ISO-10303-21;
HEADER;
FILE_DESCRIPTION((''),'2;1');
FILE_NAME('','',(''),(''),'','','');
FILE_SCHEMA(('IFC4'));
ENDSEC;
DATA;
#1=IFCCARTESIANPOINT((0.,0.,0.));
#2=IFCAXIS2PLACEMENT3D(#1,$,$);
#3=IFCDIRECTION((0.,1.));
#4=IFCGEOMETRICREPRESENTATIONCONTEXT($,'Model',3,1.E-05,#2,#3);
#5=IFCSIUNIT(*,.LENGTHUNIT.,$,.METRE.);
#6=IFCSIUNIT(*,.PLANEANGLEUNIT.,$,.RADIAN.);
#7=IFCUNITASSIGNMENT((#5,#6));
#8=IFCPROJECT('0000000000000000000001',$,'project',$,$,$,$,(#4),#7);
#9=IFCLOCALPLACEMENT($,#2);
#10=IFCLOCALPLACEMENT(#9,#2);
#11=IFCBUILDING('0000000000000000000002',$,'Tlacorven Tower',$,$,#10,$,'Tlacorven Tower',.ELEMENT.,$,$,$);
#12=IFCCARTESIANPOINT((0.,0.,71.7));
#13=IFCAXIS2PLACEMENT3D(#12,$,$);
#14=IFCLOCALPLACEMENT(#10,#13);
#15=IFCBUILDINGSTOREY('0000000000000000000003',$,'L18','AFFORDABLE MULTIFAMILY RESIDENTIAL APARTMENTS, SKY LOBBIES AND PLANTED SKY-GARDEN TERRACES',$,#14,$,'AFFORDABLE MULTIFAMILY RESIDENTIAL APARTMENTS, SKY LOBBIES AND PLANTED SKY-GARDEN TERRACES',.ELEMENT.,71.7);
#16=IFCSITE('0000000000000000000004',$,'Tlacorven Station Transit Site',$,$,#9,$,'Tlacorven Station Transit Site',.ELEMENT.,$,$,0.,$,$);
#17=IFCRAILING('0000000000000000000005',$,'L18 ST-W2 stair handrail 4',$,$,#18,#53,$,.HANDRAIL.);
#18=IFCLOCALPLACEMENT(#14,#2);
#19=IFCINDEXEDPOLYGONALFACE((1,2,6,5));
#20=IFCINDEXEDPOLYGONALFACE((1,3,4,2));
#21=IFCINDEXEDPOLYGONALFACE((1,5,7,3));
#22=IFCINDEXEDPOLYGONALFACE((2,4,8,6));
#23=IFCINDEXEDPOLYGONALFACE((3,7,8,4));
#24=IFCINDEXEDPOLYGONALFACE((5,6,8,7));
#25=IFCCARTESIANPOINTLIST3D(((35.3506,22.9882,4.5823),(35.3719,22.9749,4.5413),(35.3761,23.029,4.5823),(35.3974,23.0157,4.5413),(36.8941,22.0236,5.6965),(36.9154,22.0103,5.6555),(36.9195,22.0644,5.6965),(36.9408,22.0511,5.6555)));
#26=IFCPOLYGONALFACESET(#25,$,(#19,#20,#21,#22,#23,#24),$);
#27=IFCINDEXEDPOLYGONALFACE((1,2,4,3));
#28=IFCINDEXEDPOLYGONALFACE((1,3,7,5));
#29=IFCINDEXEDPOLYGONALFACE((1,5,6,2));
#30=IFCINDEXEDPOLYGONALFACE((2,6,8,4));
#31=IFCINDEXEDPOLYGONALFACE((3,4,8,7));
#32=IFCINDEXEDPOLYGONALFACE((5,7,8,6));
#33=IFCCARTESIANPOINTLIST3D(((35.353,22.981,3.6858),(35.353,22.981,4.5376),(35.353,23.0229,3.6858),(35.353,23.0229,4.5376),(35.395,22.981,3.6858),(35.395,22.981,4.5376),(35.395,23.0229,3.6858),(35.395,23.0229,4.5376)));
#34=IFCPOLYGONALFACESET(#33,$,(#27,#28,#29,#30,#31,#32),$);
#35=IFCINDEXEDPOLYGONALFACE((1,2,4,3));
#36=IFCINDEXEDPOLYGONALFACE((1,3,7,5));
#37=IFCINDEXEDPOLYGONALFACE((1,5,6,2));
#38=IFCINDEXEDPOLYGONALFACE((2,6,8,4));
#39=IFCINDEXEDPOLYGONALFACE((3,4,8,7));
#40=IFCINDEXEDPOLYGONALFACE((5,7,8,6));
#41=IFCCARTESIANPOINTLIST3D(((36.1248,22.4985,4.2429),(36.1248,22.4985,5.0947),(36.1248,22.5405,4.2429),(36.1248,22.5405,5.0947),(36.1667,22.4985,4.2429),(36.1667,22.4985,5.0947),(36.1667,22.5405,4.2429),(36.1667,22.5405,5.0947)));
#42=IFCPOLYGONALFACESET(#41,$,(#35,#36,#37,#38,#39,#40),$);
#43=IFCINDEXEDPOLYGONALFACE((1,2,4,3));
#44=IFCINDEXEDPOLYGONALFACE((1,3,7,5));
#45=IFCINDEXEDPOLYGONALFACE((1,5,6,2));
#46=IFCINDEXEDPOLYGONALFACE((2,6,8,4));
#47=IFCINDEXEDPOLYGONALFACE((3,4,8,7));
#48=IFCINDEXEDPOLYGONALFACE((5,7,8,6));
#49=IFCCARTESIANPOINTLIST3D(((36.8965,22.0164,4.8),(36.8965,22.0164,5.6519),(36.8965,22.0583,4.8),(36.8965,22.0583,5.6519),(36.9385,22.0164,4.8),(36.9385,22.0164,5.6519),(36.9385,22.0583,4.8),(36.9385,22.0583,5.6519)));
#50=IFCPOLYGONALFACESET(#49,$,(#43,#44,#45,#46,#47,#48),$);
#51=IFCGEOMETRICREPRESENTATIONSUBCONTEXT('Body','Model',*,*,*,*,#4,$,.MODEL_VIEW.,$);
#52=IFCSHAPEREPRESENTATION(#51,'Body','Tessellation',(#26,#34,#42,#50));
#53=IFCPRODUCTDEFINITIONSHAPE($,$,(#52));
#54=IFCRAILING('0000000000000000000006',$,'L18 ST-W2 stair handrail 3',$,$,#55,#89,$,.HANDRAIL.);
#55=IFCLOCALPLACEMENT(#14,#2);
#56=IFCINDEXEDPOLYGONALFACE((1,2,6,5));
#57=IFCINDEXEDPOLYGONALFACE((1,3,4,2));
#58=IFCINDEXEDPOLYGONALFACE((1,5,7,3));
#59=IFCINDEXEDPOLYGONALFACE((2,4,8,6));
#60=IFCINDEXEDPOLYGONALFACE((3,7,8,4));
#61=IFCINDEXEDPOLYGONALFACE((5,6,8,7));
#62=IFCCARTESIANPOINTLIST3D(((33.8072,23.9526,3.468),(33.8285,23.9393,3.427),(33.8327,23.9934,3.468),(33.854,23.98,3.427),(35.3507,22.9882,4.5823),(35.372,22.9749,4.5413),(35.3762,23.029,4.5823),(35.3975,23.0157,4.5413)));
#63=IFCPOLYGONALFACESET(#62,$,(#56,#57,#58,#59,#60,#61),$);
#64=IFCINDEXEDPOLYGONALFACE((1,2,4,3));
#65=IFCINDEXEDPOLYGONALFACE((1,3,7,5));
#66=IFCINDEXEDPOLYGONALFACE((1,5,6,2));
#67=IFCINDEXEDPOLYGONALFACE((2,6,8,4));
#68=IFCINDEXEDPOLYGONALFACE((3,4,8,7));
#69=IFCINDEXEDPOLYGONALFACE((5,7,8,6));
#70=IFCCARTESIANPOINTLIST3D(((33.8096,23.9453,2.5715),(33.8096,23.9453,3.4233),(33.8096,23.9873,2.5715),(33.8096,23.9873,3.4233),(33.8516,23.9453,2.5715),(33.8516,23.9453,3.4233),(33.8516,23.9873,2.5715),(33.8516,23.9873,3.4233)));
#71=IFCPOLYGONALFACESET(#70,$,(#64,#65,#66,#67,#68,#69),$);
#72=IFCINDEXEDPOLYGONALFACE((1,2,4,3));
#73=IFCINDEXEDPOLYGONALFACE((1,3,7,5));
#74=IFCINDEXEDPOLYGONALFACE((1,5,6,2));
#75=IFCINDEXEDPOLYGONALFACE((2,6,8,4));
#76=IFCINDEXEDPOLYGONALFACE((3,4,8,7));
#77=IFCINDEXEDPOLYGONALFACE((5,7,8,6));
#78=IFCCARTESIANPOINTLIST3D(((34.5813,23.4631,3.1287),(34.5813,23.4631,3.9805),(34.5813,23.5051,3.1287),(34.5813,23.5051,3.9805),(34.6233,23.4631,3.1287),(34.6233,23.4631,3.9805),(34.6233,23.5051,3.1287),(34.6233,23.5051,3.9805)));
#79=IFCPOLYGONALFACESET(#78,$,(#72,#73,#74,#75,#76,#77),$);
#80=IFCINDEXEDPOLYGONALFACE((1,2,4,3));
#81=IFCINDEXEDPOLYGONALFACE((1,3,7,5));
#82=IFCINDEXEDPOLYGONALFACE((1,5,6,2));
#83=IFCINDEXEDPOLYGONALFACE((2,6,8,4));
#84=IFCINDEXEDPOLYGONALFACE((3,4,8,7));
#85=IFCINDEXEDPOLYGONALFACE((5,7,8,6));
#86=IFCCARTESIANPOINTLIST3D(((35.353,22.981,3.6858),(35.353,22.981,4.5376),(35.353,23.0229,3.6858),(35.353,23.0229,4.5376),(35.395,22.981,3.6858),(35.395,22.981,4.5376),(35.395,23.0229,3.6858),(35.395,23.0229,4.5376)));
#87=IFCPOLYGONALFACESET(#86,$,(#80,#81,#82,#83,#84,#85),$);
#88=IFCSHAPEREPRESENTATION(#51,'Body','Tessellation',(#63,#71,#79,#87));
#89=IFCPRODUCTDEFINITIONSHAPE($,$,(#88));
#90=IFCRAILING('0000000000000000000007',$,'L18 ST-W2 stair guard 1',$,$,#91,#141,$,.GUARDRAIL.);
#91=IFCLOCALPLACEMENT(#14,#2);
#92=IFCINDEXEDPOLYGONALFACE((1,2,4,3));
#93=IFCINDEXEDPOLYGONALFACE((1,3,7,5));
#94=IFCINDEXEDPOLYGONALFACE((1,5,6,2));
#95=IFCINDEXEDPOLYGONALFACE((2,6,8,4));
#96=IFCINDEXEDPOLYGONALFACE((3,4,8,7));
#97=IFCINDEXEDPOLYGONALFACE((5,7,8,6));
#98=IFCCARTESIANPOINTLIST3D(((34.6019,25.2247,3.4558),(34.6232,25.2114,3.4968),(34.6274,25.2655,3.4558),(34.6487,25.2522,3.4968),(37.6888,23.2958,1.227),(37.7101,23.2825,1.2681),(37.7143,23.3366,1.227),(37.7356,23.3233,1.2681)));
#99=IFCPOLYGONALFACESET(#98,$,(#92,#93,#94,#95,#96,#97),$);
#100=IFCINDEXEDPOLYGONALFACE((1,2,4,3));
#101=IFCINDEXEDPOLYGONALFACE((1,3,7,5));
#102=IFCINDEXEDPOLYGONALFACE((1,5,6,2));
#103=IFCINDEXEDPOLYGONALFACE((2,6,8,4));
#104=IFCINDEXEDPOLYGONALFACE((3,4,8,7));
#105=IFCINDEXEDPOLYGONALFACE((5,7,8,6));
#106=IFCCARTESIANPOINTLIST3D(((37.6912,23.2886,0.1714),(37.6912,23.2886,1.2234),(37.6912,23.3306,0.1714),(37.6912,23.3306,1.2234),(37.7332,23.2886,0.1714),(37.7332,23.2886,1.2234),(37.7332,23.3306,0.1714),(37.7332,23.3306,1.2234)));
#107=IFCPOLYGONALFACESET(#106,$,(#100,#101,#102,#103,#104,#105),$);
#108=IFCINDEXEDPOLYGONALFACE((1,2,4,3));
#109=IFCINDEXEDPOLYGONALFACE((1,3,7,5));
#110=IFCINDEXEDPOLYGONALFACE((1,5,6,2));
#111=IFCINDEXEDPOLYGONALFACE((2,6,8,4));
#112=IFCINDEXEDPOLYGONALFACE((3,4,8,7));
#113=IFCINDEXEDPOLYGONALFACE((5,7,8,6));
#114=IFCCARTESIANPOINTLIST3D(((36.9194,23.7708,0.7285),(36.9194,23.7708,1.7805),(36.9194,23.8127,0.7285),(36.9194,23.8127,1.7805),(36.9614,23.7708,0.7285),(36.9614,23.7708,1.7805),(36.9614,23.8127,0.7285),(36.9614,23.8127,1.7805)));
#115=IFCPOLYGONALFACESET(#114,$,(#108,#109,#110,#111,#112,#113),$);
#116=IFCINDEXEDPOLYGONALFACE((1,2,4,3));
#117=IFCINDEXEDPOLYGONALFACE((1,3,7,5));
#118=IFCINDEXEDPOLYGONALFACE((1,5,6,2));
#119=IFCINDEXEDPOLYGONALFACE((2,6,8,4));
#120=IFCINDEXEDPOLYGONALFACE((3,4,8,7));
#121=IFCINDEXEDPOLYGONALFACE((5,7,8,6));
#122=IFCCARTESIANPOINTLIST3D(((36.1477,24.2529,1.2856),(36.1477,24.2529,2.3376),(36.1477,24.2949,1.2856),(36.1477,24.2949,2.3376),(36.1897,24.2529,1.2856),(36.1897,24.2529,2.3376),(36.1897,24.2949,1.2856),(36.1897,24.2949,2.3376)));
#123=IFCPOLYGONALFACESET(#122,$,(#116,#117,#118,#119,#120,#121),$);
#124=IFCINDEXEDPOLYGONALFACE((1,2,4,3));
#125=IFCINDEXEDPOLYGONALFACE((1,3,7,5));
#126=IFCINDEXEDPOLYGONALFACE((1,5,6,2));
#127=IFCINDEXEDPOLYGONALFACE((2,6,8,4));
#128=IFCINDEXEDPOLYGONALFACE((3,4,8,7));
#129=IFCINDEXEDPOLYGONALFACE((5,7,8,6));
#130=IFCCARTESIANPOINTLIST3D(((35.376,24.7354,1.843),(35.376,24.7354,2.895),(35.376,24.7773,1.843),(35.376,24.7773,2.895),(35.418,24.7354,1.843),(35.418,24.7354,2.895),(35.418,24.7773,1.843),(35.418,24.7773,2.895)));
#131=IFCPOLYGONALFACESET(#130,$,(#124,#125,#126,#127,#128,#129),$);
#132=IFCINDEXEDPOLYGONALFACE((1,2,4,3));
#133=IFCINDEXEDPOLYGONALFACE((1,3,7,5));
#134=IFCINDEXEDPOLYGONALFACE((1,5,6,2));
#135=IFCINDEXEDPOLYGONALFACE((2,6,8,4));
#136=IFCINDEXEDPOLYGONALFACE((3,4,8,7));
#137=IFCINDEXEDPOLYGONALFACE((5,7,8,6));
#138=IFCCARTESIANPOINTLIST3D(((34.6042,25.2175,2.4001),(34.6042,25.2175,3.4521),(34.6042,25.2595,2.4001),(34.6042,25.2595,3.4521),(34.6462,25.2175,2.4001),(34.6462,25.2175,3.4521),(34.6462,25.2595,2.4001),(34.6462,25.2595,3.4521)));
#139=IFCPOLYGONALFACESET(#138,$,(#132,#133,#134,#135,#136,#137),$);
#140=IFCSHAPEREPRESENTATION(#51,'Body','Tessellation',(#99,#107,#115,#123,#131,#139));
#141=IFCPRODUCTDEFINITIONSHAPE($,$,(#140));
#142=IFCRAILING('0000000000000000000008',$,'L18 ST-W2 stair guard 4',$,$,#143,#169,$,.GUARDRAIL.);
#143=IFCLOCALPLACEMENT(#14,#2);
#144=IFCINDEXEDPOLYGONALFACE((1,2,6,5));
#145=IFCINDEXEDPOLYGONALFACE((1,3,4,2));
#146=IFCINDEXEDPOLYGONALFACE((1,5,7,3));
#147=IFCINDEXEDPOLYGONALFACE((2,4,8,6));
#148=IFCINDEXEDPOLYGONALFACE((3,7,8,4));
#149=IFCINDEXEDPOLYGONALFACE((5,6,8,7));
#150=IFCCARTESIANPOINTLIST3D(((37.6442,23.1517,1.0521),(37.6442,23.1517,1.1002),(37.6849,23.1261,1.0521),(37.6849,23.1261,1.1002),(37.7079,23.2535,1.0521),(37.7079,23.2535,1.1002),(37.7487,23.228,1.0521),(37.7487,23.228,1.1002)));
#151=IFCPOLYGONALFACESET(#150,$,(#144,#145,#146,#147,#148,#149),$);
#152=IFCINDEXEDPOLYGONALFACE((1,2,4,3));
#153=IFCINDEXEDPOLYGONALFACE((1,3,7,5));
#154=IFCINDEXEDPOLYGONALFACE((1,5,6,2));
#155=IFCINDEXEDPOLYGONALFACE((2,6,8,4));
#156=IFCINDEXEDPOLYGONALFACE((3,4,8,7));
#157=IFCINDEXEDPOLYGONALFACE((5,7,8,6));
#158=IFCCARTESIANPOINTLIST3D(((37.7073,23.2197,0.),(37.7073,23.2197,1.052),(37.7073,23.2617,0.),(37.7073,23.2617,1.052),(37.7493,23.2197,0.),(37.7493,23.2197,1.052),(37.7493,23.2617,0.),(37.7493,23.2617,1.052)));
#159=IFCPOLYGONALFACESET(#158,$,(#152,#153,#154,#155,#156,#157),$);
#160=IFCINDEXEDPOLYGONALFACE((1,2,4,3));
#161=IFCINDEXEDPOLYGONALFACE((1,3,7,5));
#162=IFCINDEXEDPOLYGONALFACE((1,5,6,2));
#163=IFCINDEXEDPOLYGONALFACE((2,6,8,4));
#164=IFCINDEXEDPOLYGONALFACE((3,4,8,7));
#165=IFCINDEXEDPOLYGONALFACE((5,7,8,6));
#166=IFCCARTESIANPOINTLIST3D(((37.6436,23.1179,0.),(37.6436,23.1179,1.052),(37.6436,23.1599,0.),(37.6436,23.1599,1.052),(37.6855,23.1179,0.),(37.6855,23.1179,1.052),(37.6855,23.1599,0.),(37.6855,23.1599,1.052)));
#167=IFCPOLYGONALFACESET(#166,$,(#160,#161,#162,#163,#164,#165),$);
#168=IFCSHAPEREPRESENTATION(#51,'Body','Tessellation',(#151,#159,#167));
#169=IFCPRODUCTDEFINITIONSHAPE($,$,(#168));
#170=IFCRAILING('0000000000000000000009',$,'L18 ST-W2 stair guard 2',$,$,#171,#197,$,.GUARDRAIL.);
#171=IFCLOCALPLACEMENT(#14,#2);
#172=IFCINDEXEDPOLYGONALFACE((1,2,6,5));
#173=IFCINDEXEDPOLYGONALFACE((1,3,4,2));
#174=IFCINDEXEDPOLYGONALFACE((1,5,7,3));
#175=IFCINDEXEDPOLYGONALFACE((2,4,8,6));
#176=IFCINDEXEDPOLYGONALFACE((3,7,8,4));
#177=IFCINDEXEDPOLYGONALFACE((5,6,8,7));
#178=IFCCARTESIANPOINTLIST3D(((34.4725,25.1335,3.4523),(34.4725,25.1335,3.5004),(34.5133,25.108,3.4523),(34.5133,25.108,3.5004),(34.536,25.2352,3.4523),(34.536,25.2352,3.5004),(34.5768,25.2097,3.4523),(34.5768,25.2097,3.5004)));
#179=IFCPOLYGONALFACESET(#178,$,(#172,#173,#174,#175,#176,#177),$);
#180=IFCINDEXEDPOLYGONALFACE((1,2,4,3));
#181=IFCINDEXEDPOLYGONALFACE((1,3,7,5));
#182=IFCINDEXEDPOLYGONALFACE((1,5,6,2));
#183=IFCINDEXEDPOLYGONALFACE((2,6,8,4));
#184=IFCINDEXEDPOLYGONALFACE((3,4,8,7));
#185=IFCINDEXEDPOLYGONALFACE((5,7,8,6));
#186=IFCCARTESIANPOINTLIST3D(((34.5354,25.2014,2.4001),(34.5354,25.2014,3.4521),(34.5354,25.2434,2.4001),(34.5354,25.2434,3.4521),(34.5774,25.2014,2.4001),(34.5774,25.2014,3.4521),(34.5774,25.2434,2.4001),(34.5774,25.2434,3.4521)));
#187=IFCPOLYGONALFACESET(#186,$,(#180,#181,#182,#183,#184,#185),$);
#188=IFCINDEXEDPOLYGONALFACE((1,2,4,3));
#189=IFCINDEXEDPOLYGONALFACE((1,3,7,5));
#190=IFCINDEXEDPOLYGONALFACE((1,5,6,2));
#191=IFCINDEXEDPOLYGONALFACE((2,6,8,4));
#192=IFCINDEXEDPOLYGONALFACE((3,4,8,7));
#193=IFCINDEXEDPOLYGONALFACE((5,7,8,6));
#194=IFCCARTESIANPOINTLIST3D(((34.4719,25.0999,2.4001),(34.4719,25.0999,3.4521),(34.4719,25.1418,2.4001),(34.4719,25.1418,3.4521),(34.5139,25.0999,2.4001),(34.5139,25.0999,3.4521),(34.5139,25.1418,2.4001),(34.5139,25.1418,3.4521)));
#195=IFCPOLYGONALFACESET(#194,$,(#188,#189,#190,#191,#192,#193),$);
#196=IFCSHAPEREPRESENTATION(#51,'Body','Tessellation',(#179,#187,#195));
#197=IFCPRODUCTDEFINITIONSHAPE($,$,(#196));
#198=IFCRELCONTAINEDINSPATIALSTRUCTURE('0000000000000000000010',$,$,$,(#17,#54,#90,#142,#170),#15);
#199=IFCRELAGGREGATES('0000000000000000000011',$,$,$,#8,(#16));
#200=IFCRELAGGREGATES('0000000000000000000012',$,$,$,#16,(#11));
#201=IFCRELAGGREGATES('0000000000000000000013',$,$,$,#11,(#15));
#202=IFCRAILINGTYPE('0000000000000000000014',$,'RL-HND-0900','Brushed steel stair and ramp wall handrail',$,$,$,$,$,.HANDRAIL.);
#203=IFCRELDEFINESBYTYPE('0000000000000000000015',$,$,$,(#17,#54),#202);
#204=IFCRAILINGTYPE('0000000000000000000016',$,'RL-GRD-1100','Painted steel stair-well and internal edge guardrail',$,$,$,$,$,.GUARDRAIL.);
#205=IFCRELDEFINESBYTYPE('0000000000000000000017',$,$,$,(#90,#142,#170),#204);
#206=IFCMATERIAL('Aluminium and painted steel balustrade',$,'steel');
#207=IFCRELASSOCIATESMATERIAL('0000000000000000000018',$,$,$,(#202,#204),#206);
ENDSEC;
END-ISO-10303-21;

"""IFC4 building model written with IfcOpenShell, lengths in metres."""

from ifc_helpers import new_model, si_unit, direction, frame, origin, origin_2d, place, context, subcontext, project, spatial, rectangle, extrude, source, transform, mapped, material, type_object, element, save


model = new_model("IFC4")

# Units and contexts
model_context = context("Model", 3, precision=1e-05, world=origin(), true_north=direction((0.0, 1.0)))
body_context = subcontext(model_context, "Body", "Model", "MODEL_VIEW")
ifc_project = project(units=[si_unit("LENGTHUNIT", "METRE"), si_unit("PLANEANGLEUNIT", "RADIAN")], contexts=[model_context])

# Site, building, storey
site_placement = place(None, origin())
site = spatial("IfcSite", under=ifc_project, at=site_placement, Name="Tlacorven Station Transit Site", LongName="Tlacorven Station Transit Site", CompositionType="ELEMENT", RefElevation=0.0)
building_placement = place(site_placement, origin())
building = spatial("IfcBuilding", under=site, at=building_placement, Name="Tlacorven Tower", LongName="Tlacorven Tower", CompositionType="ELEMENT")
storey_placement = place(building_placement, frame((0.0, 0.0, 71.7)))
storey = spatial("IfcBuildingStorey", under=building, at=storey_placement, Name="L18", Description="AFFORDABLE MULTIFAMILY RESIDENTIAL APARTMENTS, SKY LOBBIES AND PLANTED SKY-GARDEN TERRACES", LongName="AFFORDABLE MULTIFAMILY RESIDENTIAL APARTMENTS, SKY LOBBIES AND PLANTED SKY-GARDEN TERRACES", CompositionType="ELEMENT", Elevation=71.7)

# Railings
ifc_material_1 = material(Name="Aluminium and painted steel balustrade", Category="steel")
railing_type_1 = type_object("IfcRailingType", Name="RL-HND-0900", Description="Brushed steel stair and ramp wall handrail", PredefinedType="HANDRAIL", material=ifc_material_1)
shared_shape_1 = source(origin(), body_context, "Body", "SweptSolid", [
    extrude(rectangle(XDim=0.0481, YDim=0.0481, at=origin_2d()), frame((0.0, 0.0, 0.876), z_axis=(0.723244, -0.451999, 0.522126), x_axis=(0.529975, 0.848013, 0.0)), (0.0, 0.0, 1.0), 2.134),
    extrude(rectangle(XDim=0.042, YDim=0.042, at=origin_2d()), origin(), (0.0, 0.0, 1.0), 0.8518),
    extrude(rectangle(XDim=0.042, YDim=0.042, at=origin_2d()), frame((0.7717, -0.4824, 0.5571)), (0.0, 0.0, 1.0), 0.8518),
    extrude(rectangle(XDim=0.042, YDim=0.042, at=origin_2d()), frame((1.5435, -0.9646, 1.1143)), (0.0, 0.0, 1.0), 0.8518),
])
railing_1_placement = place(storey_placement, frame((35.374, 23.002, 3.6858)))
element("IfcRailing", 1, at=railing_1_placement, inside=storey, type_object=railing_type_1, Name="L18 ST-W2 stair handrail 4", PredefinedType="HANDRAIL", context=body_context, shape_type="MappedRepresentation", body=[
    mapped(shared_shape_1, transform((0.0, 0.0, 0.0), scale=1.0)),
])
shared_shape_2 = source(origin(), body_context, "Body", "SweptSolid", [
    extrude(rectangle(XDim=0.0481, YDim=0.0481, at=origin_2d()), frame((0.0, 0.0, 0.876), z_axis=(0.723281, -0.451908, 0.522153), x_axis=(0.529878, 0.848074, 0.0)), (0.0, 0.0, 1.0), 2.134),
    extrude(rectangle(XDim=0.042, YDim=0.042, at=origin_2d()), origin(), (0.0, 0.0, 1.0), 0.8518),
    extrude(rectangle(XDim=0.042, YDim=0.042, at=origin_2d()), frame((0.7717, -0.4822, 0.5571)), (0.0, 0.0, 1.0), 0.8518),
    extrude(rectangle(XDim=0.042, YDim=0.042, at=origin_2d()), frame((1.5435, -0.9644, 1.1143)), (0.0, 0.0, 1.0), 0.8518),
])
railing_2_placement = place(storey_placement, frame((33.8306, 23.9663, 2.5715)))
element("IfcRailing", 2, at=railing_2_placement, inside=storey, type_object=railing_type_1, Name="L18 ST-W2 stair handrail 3", PredefinedType="HANDRAIL", context=body_context, shape_type="MappedRepresentation", body=[
    mapped(shared_shape_2, transform((0.0, 0.0, 0.0), scale=1.0)),
])
railing_type_2 = type_object("IfcRailingType", Name="RL-GRD-1100", Description="Painted steel stair-well and internal edge guardrail", PredefinedType="GUARDRAIL", material=ifc_material_1)
shared_shape_3 = source(origin(), body_context, "Body", "SweptSolid", [
    extrude(rectangle(XDim=0.0481, YDim=0.0481, at=origin_2d()), frame((0.0, 0.0, 1.0762), z_axis=(-0.723241, 0.45194, 0.522182), x_axis=(-0.529927, -0.848044, 0.0)), (0.0, 0.0, 1.0), 4.2681),
    extrude(rectangle(XDim=0.042, YDim=0.042, at=origin_2d()), origin(), (0.0, 0.0, 1.0), 1.052),
    extrude(rectangle(XDim=0.042, YDim=0.042, at=origin_2d()), frame((-0.7717, 0.4822, 0.5571)), (0.0, 0.0, 1.0), 1.052),
    extrude(rectangle(XDim=0.042, YDim=0.042, at=origin_2d()), frame((-1.5435, 0.9644, 1.1143)), (0.0, 0.0, 1.0), 1.052),
    extrude(rectangle(XDim=0.042, YDim=0.042, at=origin_2d()), frame((-2.3152, 1.4468, 1.6716)), (0.0, 0.0, 1.0), 1.052),
    extrude(rectangle(XDim=0.042, YDim=0.042, at=origin_2d()), frame((-3.0869, 1.929, 2.2288)), (0.0, 0.0, 1.0), 1.052),
])
railing_3_placement = place(storey_placement, frame((37.7122, 23.3096, 0.1714)))
element("IfcRailing", 3, at=railing_3_placement, inside=storey, type_object=railing_type_2, Name="L18 ST-W2 stair guard 1", PredefinedType="GUARDRAIL", context=body_context, shape_type="MappedRepresentation", body=[
    mapped(shared_shape_3, transform((0.0, 0.0, 0.0), scale=1.0)),
])
shared_shape_4 = source(origin(), body_context, "Body", "SweptSolid", [
    extrude(rectangle(XDim=0.0481, YDim=0.0481, at=origin_2d()), frame((0.0, 0.0, 1.0762), z_axis=(-0.530547, -0.847656, 0.0), x_axis=(0.847656, -0.530547, 0.0)), (0.0, 0.0, 1.0), 0.1201),
    extrude(rectangle(XDim=0.042, YDim=0.042, at=origin_2d()), origin(), (0.0, 0.0, 1.0), 1.052),
    extrude(rectangle(XDim=0.042, YDim=0.042, at=origin_2d()), frame((-0.0637, -0.1018, 0.0)), (0.0, 0.0, 1.0), 1.052),
])
railing_4_placement = place(storey_placement, frame((37.7283, 23.2407, 0.0)))
element("IfcRailing", 4, at=railing_4_placement, inside=storey, type_object=railing_type_2, Name="L18 ST-W2 stair guard 4", PredefinedType="GUARDRAIL", context=body_context, shape_type="MappedRepresentation", body=[
    mapped(shared_shape_4, transform((0.0, 0.0, 0.0), scale=1.0)),
])
shared_shape_5 = source(origin(), body_context, "Body", "SweptSolid", [
    extrude(rectangle(XDim=0.0481, YDim=0.0481, at=origin_2d()), frame((0.0, 0.0, 1.0762), z_axis=(-0.529999, -0.847998, 0.0), x_axis=(0.847998, -0.529999, 0.0)), (0.0, 0.0, 1.0), 0.1199),
    extrude(rectangle(XDim=0.042, YDim=0.042, at=origin_2d()), origin(), (0.0, 0.0, 1.0), 1.052),
    extrude(rectangle(XDim=0.042, YDim=0.042, at=origin_2d()), frame((-0.0635, -0.1016, 0.0)), (0.0, 0.0, 1.0), 1.052),
])
railing_5_placement = place(storey_placement, frame((34.5564, 25.2224, 2.4001)))
element("IfcRailing", 5, at=railing_5_placement, inside=storey, type_object=railing_type_2, Name="L18 ST-W2 stair guard 2", PredefinedType="GUARDRAIL", context=body_context, shape_type="MappedRepresentation", body=[
    mapped(shared_shape_5, transform((0.0, 0.0, 0.0), scale=1.0)),
])

save(model, "model.ifc")
